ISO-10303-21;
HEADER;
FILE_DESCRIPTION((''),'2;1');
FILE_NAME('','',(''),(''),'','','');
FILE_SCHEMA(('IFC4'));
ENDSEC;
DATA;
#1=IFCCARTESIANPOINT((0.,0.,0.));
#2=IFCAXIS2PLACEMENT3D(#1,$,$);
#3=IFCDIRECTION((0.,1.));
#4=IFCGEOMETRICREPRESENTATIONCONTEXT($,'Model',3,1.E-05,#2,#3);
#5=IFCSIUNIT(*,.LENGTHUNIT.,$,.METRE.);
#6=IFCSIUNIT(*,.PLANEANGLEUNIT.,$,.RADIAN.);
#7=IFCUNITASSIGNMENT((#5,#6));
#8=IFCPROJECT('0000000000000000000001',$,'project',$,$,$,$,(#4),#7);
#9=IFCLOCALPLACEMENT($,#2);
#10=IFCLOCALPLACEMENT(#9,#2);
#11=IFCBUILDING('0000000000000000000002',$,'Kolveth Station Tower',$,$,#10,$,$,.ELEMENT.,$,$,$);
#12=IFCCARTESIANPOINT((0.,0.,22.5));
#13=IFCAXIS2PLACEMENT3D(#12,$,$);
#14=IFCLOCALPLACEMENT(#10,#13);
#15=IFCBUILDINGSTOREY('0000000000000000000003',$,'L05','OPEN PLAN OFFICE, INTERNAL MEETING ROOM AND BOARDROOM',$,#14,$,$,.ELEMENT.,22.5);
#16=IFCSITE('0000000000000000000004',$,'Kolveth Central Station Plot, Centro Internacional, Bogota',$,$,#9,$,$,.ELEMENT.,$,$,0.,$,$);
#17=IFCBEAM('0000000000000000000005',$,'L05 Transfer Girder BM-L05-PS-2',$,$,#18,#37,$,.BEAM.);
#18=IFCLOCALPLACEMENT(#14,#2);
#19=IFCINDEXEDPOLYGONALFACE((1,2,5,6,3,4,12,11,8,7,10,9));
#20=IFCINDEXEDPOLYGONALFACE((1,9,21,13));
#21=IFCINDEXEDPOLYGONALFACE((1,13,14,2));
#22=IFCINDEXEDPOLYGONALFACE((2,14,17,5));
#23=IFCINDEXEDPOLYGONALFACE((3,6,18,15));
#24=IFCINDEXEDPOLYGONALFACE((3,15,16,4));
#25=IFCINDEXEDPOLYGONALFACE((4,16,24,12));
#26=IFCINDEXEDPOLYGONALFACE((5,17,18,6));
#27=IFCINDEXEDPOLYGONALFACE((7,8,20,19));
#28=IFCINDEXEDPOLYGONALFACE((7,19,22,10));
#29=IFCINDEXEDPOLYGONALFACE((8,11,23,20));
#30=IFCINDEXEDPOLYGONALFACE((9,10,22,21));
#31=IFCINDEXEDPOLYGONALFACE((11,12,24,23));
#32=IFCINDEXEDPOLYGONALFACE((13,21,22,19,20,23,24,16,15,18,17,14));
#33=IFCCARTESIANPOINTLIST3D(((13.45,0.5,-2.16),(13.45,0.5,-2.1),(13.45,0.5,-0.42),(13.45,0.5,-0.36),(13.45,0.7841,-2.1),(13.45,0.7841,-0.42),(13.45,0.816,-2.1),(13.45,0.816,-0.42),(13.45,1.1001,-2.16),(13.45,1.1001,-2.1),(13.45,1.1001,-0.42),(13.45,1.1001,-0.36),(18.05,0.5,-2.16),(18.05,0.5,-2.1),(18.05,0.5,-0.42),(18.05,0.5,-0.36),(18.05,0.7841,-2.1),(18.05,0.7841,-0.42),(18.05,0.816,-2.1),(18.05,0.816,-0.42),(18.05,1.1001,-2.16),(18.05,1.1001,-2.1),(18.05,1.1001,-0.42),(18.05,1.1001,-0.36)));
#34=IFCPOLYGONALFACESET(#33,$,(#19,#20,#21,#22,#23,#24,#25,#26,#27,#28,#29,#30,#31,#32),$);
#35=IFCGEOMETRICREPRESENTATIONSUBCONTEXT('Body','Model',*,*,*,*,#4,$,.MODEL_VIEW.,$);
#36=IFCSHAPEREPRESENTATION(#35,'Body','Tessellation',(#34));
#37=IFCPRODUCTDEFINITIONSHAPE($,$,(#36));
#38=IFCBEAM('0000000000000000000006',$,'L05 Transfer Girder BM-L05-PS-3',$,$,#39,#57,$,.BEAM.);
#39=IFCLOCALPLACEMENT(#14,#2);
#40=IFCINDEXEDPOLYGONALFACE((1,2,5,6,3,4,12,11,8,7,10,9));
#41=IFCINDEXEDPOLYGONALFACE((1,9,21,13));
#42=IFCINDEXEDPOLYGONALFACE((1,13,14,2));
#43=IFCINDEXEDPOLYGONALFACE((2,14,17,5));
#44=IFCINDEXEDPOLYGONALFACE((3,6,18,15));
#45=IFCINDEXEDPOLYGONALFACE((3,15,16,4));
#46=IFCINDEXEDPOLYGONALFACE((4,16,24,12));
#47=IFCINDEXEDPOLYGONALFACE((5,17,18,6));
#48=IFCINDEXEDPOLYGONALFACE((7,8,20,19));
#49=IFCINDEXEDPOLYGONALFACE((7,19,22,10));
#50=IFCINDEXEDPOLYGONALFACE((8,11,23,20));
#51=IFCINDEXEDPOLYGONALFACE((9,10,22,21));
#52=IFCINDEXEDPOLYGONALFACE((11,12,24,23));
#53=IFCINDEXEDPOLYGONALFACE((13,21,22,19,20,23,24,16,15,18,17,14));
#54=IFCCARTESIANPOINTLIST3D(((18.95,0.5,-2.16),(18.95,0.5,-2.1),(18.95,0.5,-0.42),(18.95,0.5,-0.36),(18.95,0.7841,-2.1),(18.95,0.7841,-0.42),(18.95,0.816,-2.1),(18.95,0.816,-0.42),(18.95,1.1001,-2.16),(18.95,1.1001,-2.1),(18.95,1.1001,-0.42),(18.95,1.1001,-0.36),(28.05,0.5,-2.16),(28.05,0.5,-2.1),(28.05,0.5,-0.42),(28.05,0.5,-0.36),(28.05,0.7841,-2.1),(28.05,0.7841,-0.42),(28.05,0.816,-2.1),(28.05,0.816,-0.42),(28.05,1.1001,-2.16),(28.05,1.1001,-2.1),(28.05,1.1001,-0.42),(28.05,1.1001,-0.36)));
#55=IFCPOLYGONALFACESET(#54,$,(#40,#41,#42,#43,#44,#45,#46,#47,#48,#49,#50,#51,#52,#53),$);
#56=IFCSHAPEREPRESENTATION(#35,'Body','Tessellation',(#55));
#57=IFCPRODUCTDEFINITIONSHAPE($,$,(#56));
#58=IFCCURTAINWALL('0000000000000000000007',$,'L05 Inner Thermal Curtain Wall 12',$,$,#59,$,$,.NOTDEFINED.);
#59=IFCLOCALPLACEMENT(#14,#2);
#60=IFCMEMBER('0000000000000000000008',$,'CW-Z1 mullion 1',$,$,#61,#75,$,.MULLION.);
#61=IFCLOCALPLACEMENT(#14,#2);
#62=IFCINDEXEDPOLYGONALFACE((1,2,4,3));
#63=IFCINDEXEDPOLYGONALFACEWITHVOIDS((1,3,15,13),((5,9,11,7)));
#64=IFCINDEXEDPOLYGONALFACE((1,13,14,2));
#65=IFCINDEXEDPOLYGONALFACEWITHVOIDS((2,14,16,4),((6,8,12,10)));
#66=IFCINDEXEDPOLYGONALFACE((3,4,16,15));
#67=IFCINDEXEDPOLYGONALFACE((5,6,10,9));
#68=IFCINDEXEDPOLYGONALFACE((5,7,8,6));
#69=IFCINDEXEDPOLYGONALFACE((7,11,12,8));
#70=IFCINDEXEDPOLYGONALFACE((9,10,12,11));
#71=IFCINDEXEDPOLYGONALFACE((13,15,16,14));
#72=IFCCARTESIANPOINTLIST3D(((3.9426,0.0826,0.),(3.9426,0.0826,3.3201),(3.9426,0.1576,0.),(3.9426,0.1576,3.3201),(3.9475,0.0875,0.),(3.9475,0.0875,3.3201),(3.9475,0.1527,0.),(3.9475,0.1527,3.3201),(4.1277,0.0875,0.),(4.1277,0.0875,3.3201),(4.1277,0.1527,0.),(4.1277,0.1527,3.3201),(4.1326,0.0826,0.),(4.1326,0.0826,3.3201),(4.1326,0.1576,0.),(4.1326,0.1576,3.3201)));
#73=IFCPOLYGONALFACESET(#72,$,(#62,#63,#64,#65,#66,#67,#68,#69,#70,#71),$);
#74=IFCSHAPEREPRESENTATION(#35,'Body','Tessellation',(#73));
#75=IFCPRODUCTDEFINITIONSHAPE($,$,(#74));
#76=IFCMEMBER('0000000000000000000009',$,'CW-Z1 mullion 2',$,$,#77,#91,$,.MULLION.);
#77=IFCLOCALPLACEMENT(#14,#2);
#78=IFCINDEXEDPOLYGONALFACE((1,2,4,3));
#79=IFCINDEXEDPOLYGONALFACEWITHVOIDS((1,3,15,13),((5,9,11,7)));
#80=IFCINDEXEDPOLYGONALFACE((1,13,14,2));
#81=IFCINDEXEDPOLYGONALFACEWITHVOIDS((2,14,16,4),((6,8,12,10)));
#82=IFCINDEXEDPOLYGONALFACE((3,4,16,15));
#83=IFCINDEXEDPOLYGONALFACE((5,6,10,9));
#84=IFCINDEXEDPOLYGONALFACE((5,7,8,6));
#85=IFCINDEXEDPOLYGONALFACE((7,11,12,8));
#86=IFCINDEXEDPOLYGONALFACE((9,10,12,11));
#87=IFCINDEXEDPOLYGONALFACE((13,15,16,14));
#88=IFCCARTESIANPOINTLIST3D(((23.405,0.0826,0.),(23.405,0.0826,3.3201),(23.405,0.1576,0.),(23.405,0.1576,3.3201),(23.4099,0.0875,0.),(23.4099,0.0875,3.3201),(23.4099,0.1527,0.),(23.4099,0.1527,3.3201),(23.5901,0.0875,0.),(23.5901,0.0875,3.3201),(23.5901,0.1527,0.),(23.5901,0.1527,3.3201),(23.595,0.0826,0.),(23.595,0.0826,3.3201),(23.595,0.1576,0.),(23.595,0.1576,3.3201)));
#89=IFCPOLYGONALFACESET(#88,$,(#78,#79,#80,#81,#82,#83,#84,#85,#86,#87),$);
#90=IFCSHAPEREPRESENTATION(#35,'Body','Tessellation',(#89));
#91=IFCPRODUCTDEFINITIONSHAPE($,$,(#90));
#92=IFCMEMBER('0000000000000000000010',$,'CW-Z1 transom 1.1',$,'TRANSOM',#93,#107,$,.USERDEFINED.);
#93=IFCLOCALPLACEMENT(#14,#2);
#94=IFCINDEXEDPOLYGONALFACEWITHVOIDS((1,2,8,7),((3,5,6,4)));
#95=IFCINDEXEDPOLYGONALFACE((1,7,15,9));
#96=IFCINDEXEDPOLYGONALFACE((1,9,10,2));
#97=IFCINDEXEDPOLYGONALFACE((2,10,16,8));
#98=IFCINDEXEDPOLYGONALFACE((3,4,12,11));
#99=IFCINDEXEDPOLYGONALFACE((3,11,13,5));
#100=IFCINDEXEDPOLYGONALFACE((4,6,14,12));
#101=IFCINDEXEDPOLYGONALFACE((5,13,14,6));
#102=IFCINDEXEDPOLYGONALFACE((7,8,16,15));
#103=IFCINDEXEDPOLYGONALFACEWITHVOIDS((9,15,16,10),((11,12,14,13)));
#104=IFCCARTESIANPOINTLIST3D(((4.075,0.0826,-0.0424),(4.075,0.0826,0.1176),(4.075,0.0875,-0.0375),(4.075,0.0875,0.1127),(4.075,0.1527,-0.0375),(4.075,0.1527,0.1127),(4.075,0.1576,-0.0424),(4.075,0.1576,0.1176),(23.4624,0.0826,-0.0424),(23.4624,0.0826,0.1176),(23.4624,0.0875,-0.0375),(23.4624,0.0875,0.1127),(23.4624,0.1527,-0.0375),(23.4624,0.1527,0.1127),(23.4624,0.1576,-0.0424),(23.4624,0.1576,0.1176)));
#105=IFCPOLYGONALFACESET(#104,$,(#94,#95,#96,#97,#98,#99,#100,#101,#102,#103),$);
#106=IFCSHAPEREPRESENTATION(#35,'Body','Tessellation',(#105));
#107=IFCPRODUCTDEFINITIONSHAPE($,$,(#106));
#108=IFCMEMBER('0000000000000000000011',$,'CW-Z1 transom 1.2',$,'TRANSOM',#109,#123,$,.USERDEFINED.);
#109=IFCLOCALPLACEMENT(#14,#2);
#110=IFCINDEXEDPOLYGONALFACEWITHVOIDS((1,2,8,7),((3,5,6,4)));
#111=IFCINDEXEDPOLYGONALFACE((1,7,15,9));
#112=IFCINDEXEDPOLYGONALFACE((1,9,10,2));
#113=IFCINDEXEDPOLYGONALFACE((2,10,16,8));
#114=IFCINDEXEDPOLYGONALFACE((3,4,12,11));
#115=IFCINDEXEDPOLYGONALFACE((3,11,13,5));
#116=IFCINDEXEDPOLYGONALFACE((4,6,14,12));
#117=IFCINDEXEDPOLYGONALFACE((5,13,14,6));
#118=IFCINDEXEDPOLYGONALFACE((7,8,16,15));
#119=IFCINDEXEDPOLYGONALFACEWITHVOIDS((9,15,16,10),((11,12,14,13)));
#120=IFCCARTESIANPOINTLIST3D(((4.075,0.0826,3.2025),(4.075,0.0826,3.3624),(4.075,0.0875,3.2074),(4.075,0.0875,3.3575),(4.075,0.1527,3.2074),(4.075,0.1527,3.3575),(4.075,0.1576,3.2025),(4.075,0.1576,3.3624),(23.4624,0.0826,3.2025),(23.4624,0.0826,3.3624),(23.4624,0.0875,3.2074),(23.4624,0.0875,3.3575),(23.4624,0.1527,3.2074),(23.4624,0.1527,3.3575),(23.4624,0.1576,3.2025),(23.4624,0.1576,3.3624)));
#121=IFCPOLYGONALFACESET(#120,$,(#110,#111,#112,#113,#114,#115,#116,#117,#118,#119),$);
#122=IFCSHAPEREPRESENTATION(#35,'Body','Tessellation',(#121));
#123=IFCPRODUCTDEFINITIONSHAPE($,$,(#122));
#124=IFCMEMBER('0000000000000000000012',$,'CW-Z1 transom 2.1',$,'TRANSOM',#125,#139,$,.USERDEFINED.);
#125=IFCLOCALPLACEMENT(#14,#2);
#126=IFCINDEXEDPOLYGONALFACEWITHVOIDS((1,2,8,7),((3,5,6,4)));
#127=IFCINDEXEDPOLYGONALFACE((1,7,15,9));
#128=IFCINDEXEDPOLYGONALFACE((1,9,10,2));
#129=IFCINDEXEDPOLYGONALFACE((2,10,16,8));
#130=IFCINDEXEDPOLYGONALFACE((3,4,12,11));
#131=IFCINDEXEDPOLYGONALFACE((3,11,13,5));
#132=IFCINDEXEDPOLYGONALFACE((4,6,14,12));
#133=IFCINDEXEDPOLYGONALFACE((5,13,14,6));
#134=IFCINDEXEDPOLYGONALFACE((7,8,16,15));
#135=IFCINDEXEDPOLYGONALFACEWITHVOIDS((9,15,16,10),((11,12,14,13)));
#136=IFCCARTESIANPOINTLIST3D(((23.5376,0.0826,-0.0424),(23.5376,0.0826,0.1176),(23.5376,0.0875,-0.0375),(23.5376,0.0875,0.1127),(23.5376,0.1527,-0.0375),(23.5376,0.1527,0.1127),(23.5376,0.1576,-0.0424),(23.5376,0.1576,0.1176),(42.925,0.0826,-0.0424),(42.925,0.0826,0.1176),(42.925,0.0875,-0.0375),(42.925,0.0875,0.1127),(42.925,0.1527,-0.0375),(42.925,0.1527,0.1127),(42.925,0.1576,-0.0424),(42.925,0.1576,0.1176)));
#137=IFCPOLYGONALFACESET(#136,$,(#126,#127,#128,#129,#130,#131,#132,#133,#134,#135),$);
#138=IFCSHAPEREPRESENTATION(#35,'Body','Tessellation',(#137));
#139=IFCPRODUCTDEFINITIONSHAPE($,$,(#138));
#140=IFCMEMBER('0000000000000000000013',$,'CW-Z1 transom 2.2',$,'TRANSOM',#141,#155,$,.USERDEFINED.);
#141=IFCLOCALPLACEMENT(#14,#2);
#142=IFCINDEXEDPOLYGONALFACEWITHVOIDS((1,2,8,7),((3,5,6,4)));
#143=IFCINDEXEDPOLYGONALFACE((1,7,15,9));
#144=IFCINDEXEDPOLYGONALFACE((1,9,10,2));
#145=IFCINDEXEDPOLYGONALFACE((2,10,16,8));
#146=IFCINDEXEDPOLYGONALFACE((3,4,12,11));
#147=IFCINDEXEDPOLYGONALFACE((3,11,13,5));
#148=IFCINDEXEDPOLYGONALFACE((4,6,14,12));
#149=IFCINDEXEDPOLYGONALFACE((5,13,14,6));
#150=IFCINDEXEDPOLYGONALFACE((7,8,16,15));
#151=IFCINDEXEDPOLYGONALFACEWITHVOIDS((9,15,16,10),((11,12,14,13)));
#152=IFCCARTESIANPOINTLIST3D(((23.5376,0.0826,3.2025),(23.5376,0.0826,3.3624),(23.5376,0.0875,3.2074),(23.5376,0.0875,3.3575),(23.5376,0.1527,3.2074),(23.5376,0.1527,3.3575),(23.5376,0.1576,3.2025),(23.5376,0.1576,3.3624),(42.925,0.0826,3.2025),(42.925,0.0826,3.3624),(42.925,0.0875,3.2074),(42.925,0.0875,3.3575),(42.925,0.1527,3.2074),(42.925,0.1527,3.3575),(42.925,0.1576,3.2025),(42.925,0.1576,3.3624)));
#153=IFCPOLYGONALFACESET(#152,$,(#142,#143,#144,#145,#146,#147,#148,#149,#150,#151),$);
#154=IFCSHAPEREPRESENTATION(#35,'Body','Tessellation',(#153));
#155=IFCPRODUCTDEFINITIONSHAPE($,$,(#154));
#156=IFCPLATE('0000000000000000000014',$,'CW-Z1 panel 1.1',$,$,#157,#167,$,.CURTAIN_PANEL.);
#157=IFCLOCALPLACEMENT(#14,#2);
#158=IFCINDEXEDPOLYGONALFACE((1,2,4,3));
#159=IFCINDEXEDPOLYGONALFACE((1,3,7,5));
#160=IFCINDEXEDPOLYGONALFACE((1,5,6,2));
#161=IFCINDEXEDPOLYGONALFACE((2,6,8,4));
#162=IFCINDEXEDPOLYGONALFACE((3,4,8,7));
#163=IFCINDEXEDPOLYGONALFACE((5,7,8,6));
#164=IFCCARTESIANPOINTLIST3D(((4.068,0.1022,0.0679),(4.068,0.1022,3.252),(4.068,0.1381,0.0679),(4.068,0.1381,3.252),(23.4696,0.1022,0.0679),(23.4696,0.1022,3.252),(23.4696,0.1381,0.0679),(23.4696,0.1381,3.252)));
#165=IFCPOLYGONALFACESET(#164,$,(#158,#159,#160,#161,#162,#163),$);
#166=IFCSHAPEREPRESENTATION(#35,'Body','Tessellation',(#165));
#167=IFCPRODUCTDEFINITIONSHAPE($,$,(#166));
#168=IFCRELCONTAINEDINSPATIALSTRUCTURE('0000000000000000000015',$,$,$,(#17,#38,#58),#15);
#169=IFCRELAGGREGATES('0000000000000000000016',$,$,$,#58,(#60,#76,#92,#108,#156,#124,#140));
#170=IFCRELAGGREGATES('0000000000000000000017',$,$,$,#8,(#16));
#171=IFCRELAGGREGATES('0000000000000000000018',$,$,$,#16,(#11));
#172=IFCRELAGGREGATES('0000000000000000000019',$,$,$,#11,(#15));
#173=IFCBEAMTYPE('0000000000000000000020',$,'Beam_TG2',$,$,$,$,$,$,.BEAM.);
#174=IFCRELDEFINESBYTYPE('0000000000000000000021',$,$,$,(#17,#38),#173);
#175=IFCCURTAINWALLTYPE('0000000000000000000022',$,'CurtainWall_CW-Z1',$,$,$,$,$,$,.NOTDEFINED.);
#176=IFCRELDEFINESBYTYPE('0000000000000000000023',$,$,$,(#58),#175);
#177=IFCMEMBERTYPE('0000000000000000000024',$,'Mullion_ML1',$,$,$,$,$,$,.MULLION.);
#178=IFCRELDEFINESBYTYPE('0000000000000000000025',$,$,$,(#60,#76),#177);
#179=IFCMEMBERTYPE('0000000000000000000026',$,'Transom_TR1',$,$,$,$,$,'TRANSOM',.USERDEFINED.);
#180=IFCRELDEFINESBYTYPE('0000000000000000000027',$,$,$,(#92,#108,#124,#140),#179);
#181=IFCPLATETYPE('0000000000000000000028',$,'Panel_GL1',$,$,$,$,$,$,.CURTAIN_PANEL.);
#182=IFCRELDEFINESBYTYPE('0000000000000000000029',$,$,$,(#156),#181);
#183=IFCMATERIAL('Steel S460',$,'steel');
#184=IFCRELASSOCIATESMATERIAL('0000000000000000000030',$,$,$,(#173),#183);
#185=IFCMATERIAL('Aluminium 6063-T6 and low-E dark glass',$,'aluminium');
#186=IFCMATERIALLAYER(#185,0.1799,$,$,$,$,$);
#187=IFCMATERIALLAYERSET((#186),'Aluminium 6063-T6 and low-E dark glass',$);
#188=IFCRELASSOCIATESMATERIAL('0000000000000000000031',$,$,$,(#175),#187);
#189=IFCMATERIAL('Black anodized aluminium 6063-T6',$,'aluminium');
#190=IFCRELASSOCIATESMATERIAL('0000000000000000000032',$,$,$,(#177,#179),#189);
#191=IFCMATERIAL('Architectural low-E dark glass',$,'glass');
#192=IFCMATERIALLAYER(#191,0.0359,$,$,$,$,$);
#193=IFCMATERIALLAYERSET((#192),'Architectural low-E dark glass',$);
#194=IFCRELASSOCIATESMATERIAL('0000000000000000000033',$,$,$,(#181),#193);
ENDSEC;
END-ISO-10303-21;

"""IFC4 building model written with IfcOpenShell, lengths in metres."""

from ifc_helpers import new_model, si_unit, direction, frame, origin, origin_2d, place, context, subcontext, project, spatial, rectangle, hollow_rectangle, i_section, extrude, source, transform, mapped, material, layer, layer_set, material_profile, profile_set, type_object, element, aggregate, save


model = new_model("IFC4")

# Units and contexts
model_context = context("Model", 3, precision=1e-05, world=origin(), true_north=direction((0.0, 1.0)))
body_context = subcontext(model_context, "Body", "Model", "MODEL_VIEW")
ifc_project = project(units=[si_unit("LENGTHUNIT", "METRE"), si_unit("PLANEANGLEUNIT", "RADIAN")], contexts=[model_context])

# Site, building, storey
site_placement = place(None, origin())
site = spatial("IfcSite", under=ifc_project, at=site_placement, Name="Kolveth Central Station Plot, Centro Internacional, Bogota", CompositionType="ELEMENT", RefElevation=0.0)
building_placement = place(site_placement, origin())
building = spatial("IfcBuilding", under=site, at=building_placement, Name="Kolveth Station Tower", CompositionType="ELEMENT")
storey_placement = place(building_placement, frame((0.0, 0.0, 22.5)))
storey = spatial("IfcBuildingStorey", under=building, at=storey_placement, Name="L05", Description="OPEN PLAN OFFICE, INTERNAL MEETING ROOM AND BOARDROOM", CompositionType="ELEMENT", Elevation=22.5)

# Shared definitions
ifc_material_1 = material(Name="Steel S460", Category="steel")

# Beams
ifc_material_profile_1 = material_profile(ifc_material_1, i_section(OverallWidth=0.6001, OverallDepth=1.8, WebThickness=0.032, FlangeThickness=0.0601, at=origin_2d()), Name="PG1800x600x60")
ifc_profile_set_1 = profile_set([ifc_material_profile_1], Name="Steel S460")
beam_type_1 = type_object("IfcBeamType", Name="Beam_TG2", PredefinedType="BEAM", material=ifc_profile_set_1)
shared_shape_1 = source(origin(), body_context, "Body", "SweptSolid", [
    extrude(i_section(OverallWidth=0.6001, OverallDepth=1.8, WebThickness=0.032, FlangeThickness=0.0601, at=origin_2d()), origin(), (0.0, 0.0, 1.0), 4.6001),
])
beam_1_placement = place(storey_placement, frame((13.45, 0.8, -1.26), z_axis=(1.0, 0.0, 0.0), x_axis=(0.0, 1.0, 0.0)))
element("IfcBeam", 1, at=beam_1_placement, inside=storey, type_object=beam_type_1, Name="L05 Transfer Girder BM-L05-PS-2", PredefinedType="BEAM", context=body_context, shape_type="MappedRepresentation", body=[
    mapped(shared_shape_1, transform((0.0, 0.0, 0.0), x_axis=(1.0, 0.0, 0.0), y_axis=(0.0, 1.0, 0.0), z_axis=(0.0, 0.0, 1.0), scale=1.0)),
])
shared_shape_2 = source(origin(), body_context, "Body", "SweptSolid", [
    extrude(i_section(OverallWidth=0.6001, OverallDepth=1.8, WebThickness=0.032, FlangeThickness=0.0601, at=origin_2d()), origin(), (0.0, 0.0, 1.0), 9.1001),
])
beam_2_placement = place(storey_placement, frame((18.95, 0.8, -1.26), z_axis=(1.0, 0.0, 0.0), x_axis=(0.0, 1.0, 0.0)))
element("IfcBeam", 2, at=beam_2_placement, inside=storey, type_object=beam_type_1, Name="L05 Transfer Girder BM-L05-PS-3", PredefinedType="BEAM", context=body_context, shape_type="MappedRepresentation", body=[
    mapped(shared_shape_2, transform((0.0, 0.0, 0.0), x_axis=(1.0, 0.0, 0.0), y_axis=(0.0, 1.0, 0.0), z_axis=(0.0, 0.0, 1.0), scale=1.0)),
])

# Curtain wall, members, plate
ifc_material_2 = material(Name="Aluminium 6063-T6 and low-E dark glass", Category="aluminium")
ifc_layer_1 = layer(ifc_material_2, 0.1799)
ifc_layer_set_1 = layer_set([ifc_layer_1], Name="Aluminium 6063-T6 and low-E dark glass")
curtain_wall_type_1 = type_object("IfcCurtainWallType", Name="CurtainWall_CW-Z1", PredefinedType="NOTDEFINED", material=ifc_layer_set_1)
curtain_wall_1_placement = place(storey_placement, origin())
curtain_wall_1 = element("IfcCurtainWall", 3, at=curtain_wall_1_placement, inside=storey, type_object=curtain_wall_type_1, Name="L05 Inner Thermal Curtain Wall 12", PredefinedType="NOTDEFINED")
ifc_material_3 = material(Name="Black anodized aluminium 6063-T6", Category="aluminium")
ifc_material_profile_2 = material_profile(ifc_material_3, hollow_rectangle(XDim=0.075, YDim=0.1899, WallThickness=0.0049, at=origin_2d()), Name="ALU-75x190x5")
ifc_profile_set_2 = profile_set([ifc_material_profile_2], Name="Black anodized aluminium 6063-T6")
member_type_1 = type_object("IfcMemberType", Name="Mullion_ML1", PredefinedType="MULLION", material=ifc_profile_set_2)
shared_shape_3 = source(origin(), body_context, "Body", "SweptSolid", [
    extrude(hollow_rectangle(XDim=0.075, YDim=0.1899, WallThickness=0.0049, at=origin_2d()), origin(), (0.0, 0.0, 1.0), 3.3201),
])
member_1_placement = place(storey_placement, frame((4.0376, 0.1201, 0.0), z_axis=(0.0, 0.0, 1.0), x_axis=(0.0, 1.0, 0.0)))
member_1 = element("IfcMember", 4, at=member_1_placement, type_object=member_type_1, Name="CW-Z1 mullion 1", PredefinedType="MULLION", context=body_context, shape_type="MappedRepresentation", body=[
    mapped(shared_shape_3, transform((0.0, 0.0, 0.0), x_axis=(1.0, 0.0, 0.0), y_axis=(0.0, 1.0, 0.0), z_axis=(0.0, 0.0, 1.0), scale=1.0)),
])
member_2_placement = place(storey_placement, frame((23.5, 0.1201, 0.0), z_axis=(0.0, 0.0, 1.0), x_axis=(0.0, 1.0, 0.0)))
member_2 = element("IfcMember", 5, at=member_2_placement, type_object=member_type_1, Name="CW-Z1 mullion 2", PredefinedType="MULLION", context=body_context, shape_type="MappedRepresentation", body=[
    mapped(shared_shape_3, transform((0.0, 0.0, 0.0), x_axis=(1.0, 0.0, 0.0), y_axis=(0.0, 1.0, 0.0), z_axis=(0.0, 0.0, 1.0), scale=1.0)),
])
ifc_material_profile_3 = material_profile(ifc_material_3, hollow_rectangle(XDim=0.075, YDim=0.1599, WallThickness=0.0049, at=origin_2d()), Name="ALU-75x160x5")
ifc_profile_set_3 = profile_set([ifc_material_profile_3], Name="Black anodized aluminium 6063-T6")
member_type_2 = type_object("IfcMemberType", Name="Transom_TR1", ElementType="TRANSOM", PredefinedType="USERDEFINED", material=ifc_profile_set_3)
shared_shape_4 = source(origin(), body_context, "Body", "SweptSolid", [
    extrude(hollow_rectangle(XDim=0.075, YDim=0.1599, WallThickness=0.0049, at=origin_2d()), origin(), (0.0, 0.0, 1.0), 19.3875),
])
member_3_placement = place(storey_placement, frame((4.075, 0.1201, 0.0376), z_axis=(1.0, 0.0, 0.0), x_axis=(0.0, 1.0, 0.0)))
member_3 = element("IfcMember", 6, at=member_3_placement, type_object=member_type_2, Name="CW-Z1 transom 1.1", ObjectType="TRANSOM", PredefinedType="USERDEFINED", context=body_context, shape_type="MappedRepresentation", body=[
    mapped(shared_shape_4, transform((0.0, 0.0, 0.0), x_axis=(1.0, 0.0, 0.0), y_axis=(0.0, 1.0, 0.0), z_axis=(0.0, 0.0, 1.0), scale=1.0)),
])
member_4_placement = place(storey_placement, frame((4.075, 0.1201, 3.2825), z_axis=(1.0, 0.0, 0.0), x_axis=(0.0, 1.0, 0.0)))
member_4 = element("IfcMember", 7, at=member_4_placement, type_object=member_type_2, Name="CW-Z1 transom 1.2", ObjectType="TRANSOM", PredefinedType="USERDEFINED", context=body_context, shape_type="MappedRepresentation", body=[
    mapped(shared_shape_4, transform((0.0, 0.0, 0.0), x_axis=(1.0, 0.0, 0.0), y_axis=(0.0, 1.0, 0.0), z_axis=(0.0, 0.0, 1.0), scale=1.0)),
])
member_5_placement = place(storey_placement, frame((23.5376, 0.1201, 0.0376), z_axis=(1.0, 0.0, 0.0), x_axis=(0.0, 1.0, 0.0)))
member_5 = element("IfcMember", 8, at=member_5_placement, type_object=member_type_2, Name="CW-Z1 transom 2.1", ObjectType="TRANSOM", PredefinedType="USERDEFINED", context=body_context, shape_type="MappedRepresentation", body=[
    mapped(shared_shape_4, transform((0.0, 0.0, 0.0), x_axis=(1.0, 0.0, 0.0), y_axis=(0.0, 1.0, 0.0), z_axis=(0.0, 0.0, 1.0), scale=1.0)),
])
member_6_placement = place(storey_placement, frame((23.5376, 0.1201, 3.2825), z_axis=(1.0, 0.0, 0.0), x_axis=(0.0, 1.0, 0.0)))
member_6 = element("IfcMember", 9, at=member_6_placement, type_object=member_type_2, Name="CW-Z1 transom 2.2", ObjectType="TRANSOM", PredefinedType="USERDEFINED", context=body_context, shape_type="MappedRepresentation", body=[
    mapped(shared_shape_4, transform((0.0, 0.0, 0.0), x_axis=(1.0, 0.0, 0.0), y_axis=(0.0, 1.0, 0.0), z_axis=(0.0, 0.0, 1.0), scale=1.0)),
])
ifc_material_4 = material(Name="Architectural low-E dark glass", Category="glass")
ifc_layer_2 = layer(ifc_material_4, 0.0359)
ifc_layer_set_2 = layer_set([ifc_layer_2], Name="Architectural low-E dark glass")
plate_type_1 = type_object("IfcPlateType", Name="Panel_GL1", PredefinedType="CURTAIN_PANEL", material=ifc_layer_set_2)
shared_shape_5 = source(origin(), body_context, "Body", "SweptSolid", [
    extrude(rectangle(XDim=19.4016, YDim=0.0359, at=origin_2d()), origin(), (0.0, 0.0, 1.0), 3.1841),
])
plate_1_placement = place(storey_placement, frame((13.7688, 0.1201, 0.0679), z_axis=(0.0, 0.0, 1.0), x_axis=(1.0, 0.0, 0.0)))
plate_1 = element("IfcPlate", 10, at=plate_1_placement, type_object=plate_type_1, Name="CW-Z1 panel 1.1", PredefinedType="CURTAIN_PANEL", context=body_context, shape_type="MappedRepresentation", body=[
    mapped(shared_shape_5, transform((0.0, 0.0, 0.0), x_axis=(1.0, 0.0, 0.0), y_axis=(0.0, 1.0, 0.0), z_axis=(0.0, 0.0, 1.0), scale=1.0)),
])
aggregate(curtain_wall_1, [member_1, member_2, member_3, member_4, plate_1, member_5, member_6])

save(model, "model.ifc")
